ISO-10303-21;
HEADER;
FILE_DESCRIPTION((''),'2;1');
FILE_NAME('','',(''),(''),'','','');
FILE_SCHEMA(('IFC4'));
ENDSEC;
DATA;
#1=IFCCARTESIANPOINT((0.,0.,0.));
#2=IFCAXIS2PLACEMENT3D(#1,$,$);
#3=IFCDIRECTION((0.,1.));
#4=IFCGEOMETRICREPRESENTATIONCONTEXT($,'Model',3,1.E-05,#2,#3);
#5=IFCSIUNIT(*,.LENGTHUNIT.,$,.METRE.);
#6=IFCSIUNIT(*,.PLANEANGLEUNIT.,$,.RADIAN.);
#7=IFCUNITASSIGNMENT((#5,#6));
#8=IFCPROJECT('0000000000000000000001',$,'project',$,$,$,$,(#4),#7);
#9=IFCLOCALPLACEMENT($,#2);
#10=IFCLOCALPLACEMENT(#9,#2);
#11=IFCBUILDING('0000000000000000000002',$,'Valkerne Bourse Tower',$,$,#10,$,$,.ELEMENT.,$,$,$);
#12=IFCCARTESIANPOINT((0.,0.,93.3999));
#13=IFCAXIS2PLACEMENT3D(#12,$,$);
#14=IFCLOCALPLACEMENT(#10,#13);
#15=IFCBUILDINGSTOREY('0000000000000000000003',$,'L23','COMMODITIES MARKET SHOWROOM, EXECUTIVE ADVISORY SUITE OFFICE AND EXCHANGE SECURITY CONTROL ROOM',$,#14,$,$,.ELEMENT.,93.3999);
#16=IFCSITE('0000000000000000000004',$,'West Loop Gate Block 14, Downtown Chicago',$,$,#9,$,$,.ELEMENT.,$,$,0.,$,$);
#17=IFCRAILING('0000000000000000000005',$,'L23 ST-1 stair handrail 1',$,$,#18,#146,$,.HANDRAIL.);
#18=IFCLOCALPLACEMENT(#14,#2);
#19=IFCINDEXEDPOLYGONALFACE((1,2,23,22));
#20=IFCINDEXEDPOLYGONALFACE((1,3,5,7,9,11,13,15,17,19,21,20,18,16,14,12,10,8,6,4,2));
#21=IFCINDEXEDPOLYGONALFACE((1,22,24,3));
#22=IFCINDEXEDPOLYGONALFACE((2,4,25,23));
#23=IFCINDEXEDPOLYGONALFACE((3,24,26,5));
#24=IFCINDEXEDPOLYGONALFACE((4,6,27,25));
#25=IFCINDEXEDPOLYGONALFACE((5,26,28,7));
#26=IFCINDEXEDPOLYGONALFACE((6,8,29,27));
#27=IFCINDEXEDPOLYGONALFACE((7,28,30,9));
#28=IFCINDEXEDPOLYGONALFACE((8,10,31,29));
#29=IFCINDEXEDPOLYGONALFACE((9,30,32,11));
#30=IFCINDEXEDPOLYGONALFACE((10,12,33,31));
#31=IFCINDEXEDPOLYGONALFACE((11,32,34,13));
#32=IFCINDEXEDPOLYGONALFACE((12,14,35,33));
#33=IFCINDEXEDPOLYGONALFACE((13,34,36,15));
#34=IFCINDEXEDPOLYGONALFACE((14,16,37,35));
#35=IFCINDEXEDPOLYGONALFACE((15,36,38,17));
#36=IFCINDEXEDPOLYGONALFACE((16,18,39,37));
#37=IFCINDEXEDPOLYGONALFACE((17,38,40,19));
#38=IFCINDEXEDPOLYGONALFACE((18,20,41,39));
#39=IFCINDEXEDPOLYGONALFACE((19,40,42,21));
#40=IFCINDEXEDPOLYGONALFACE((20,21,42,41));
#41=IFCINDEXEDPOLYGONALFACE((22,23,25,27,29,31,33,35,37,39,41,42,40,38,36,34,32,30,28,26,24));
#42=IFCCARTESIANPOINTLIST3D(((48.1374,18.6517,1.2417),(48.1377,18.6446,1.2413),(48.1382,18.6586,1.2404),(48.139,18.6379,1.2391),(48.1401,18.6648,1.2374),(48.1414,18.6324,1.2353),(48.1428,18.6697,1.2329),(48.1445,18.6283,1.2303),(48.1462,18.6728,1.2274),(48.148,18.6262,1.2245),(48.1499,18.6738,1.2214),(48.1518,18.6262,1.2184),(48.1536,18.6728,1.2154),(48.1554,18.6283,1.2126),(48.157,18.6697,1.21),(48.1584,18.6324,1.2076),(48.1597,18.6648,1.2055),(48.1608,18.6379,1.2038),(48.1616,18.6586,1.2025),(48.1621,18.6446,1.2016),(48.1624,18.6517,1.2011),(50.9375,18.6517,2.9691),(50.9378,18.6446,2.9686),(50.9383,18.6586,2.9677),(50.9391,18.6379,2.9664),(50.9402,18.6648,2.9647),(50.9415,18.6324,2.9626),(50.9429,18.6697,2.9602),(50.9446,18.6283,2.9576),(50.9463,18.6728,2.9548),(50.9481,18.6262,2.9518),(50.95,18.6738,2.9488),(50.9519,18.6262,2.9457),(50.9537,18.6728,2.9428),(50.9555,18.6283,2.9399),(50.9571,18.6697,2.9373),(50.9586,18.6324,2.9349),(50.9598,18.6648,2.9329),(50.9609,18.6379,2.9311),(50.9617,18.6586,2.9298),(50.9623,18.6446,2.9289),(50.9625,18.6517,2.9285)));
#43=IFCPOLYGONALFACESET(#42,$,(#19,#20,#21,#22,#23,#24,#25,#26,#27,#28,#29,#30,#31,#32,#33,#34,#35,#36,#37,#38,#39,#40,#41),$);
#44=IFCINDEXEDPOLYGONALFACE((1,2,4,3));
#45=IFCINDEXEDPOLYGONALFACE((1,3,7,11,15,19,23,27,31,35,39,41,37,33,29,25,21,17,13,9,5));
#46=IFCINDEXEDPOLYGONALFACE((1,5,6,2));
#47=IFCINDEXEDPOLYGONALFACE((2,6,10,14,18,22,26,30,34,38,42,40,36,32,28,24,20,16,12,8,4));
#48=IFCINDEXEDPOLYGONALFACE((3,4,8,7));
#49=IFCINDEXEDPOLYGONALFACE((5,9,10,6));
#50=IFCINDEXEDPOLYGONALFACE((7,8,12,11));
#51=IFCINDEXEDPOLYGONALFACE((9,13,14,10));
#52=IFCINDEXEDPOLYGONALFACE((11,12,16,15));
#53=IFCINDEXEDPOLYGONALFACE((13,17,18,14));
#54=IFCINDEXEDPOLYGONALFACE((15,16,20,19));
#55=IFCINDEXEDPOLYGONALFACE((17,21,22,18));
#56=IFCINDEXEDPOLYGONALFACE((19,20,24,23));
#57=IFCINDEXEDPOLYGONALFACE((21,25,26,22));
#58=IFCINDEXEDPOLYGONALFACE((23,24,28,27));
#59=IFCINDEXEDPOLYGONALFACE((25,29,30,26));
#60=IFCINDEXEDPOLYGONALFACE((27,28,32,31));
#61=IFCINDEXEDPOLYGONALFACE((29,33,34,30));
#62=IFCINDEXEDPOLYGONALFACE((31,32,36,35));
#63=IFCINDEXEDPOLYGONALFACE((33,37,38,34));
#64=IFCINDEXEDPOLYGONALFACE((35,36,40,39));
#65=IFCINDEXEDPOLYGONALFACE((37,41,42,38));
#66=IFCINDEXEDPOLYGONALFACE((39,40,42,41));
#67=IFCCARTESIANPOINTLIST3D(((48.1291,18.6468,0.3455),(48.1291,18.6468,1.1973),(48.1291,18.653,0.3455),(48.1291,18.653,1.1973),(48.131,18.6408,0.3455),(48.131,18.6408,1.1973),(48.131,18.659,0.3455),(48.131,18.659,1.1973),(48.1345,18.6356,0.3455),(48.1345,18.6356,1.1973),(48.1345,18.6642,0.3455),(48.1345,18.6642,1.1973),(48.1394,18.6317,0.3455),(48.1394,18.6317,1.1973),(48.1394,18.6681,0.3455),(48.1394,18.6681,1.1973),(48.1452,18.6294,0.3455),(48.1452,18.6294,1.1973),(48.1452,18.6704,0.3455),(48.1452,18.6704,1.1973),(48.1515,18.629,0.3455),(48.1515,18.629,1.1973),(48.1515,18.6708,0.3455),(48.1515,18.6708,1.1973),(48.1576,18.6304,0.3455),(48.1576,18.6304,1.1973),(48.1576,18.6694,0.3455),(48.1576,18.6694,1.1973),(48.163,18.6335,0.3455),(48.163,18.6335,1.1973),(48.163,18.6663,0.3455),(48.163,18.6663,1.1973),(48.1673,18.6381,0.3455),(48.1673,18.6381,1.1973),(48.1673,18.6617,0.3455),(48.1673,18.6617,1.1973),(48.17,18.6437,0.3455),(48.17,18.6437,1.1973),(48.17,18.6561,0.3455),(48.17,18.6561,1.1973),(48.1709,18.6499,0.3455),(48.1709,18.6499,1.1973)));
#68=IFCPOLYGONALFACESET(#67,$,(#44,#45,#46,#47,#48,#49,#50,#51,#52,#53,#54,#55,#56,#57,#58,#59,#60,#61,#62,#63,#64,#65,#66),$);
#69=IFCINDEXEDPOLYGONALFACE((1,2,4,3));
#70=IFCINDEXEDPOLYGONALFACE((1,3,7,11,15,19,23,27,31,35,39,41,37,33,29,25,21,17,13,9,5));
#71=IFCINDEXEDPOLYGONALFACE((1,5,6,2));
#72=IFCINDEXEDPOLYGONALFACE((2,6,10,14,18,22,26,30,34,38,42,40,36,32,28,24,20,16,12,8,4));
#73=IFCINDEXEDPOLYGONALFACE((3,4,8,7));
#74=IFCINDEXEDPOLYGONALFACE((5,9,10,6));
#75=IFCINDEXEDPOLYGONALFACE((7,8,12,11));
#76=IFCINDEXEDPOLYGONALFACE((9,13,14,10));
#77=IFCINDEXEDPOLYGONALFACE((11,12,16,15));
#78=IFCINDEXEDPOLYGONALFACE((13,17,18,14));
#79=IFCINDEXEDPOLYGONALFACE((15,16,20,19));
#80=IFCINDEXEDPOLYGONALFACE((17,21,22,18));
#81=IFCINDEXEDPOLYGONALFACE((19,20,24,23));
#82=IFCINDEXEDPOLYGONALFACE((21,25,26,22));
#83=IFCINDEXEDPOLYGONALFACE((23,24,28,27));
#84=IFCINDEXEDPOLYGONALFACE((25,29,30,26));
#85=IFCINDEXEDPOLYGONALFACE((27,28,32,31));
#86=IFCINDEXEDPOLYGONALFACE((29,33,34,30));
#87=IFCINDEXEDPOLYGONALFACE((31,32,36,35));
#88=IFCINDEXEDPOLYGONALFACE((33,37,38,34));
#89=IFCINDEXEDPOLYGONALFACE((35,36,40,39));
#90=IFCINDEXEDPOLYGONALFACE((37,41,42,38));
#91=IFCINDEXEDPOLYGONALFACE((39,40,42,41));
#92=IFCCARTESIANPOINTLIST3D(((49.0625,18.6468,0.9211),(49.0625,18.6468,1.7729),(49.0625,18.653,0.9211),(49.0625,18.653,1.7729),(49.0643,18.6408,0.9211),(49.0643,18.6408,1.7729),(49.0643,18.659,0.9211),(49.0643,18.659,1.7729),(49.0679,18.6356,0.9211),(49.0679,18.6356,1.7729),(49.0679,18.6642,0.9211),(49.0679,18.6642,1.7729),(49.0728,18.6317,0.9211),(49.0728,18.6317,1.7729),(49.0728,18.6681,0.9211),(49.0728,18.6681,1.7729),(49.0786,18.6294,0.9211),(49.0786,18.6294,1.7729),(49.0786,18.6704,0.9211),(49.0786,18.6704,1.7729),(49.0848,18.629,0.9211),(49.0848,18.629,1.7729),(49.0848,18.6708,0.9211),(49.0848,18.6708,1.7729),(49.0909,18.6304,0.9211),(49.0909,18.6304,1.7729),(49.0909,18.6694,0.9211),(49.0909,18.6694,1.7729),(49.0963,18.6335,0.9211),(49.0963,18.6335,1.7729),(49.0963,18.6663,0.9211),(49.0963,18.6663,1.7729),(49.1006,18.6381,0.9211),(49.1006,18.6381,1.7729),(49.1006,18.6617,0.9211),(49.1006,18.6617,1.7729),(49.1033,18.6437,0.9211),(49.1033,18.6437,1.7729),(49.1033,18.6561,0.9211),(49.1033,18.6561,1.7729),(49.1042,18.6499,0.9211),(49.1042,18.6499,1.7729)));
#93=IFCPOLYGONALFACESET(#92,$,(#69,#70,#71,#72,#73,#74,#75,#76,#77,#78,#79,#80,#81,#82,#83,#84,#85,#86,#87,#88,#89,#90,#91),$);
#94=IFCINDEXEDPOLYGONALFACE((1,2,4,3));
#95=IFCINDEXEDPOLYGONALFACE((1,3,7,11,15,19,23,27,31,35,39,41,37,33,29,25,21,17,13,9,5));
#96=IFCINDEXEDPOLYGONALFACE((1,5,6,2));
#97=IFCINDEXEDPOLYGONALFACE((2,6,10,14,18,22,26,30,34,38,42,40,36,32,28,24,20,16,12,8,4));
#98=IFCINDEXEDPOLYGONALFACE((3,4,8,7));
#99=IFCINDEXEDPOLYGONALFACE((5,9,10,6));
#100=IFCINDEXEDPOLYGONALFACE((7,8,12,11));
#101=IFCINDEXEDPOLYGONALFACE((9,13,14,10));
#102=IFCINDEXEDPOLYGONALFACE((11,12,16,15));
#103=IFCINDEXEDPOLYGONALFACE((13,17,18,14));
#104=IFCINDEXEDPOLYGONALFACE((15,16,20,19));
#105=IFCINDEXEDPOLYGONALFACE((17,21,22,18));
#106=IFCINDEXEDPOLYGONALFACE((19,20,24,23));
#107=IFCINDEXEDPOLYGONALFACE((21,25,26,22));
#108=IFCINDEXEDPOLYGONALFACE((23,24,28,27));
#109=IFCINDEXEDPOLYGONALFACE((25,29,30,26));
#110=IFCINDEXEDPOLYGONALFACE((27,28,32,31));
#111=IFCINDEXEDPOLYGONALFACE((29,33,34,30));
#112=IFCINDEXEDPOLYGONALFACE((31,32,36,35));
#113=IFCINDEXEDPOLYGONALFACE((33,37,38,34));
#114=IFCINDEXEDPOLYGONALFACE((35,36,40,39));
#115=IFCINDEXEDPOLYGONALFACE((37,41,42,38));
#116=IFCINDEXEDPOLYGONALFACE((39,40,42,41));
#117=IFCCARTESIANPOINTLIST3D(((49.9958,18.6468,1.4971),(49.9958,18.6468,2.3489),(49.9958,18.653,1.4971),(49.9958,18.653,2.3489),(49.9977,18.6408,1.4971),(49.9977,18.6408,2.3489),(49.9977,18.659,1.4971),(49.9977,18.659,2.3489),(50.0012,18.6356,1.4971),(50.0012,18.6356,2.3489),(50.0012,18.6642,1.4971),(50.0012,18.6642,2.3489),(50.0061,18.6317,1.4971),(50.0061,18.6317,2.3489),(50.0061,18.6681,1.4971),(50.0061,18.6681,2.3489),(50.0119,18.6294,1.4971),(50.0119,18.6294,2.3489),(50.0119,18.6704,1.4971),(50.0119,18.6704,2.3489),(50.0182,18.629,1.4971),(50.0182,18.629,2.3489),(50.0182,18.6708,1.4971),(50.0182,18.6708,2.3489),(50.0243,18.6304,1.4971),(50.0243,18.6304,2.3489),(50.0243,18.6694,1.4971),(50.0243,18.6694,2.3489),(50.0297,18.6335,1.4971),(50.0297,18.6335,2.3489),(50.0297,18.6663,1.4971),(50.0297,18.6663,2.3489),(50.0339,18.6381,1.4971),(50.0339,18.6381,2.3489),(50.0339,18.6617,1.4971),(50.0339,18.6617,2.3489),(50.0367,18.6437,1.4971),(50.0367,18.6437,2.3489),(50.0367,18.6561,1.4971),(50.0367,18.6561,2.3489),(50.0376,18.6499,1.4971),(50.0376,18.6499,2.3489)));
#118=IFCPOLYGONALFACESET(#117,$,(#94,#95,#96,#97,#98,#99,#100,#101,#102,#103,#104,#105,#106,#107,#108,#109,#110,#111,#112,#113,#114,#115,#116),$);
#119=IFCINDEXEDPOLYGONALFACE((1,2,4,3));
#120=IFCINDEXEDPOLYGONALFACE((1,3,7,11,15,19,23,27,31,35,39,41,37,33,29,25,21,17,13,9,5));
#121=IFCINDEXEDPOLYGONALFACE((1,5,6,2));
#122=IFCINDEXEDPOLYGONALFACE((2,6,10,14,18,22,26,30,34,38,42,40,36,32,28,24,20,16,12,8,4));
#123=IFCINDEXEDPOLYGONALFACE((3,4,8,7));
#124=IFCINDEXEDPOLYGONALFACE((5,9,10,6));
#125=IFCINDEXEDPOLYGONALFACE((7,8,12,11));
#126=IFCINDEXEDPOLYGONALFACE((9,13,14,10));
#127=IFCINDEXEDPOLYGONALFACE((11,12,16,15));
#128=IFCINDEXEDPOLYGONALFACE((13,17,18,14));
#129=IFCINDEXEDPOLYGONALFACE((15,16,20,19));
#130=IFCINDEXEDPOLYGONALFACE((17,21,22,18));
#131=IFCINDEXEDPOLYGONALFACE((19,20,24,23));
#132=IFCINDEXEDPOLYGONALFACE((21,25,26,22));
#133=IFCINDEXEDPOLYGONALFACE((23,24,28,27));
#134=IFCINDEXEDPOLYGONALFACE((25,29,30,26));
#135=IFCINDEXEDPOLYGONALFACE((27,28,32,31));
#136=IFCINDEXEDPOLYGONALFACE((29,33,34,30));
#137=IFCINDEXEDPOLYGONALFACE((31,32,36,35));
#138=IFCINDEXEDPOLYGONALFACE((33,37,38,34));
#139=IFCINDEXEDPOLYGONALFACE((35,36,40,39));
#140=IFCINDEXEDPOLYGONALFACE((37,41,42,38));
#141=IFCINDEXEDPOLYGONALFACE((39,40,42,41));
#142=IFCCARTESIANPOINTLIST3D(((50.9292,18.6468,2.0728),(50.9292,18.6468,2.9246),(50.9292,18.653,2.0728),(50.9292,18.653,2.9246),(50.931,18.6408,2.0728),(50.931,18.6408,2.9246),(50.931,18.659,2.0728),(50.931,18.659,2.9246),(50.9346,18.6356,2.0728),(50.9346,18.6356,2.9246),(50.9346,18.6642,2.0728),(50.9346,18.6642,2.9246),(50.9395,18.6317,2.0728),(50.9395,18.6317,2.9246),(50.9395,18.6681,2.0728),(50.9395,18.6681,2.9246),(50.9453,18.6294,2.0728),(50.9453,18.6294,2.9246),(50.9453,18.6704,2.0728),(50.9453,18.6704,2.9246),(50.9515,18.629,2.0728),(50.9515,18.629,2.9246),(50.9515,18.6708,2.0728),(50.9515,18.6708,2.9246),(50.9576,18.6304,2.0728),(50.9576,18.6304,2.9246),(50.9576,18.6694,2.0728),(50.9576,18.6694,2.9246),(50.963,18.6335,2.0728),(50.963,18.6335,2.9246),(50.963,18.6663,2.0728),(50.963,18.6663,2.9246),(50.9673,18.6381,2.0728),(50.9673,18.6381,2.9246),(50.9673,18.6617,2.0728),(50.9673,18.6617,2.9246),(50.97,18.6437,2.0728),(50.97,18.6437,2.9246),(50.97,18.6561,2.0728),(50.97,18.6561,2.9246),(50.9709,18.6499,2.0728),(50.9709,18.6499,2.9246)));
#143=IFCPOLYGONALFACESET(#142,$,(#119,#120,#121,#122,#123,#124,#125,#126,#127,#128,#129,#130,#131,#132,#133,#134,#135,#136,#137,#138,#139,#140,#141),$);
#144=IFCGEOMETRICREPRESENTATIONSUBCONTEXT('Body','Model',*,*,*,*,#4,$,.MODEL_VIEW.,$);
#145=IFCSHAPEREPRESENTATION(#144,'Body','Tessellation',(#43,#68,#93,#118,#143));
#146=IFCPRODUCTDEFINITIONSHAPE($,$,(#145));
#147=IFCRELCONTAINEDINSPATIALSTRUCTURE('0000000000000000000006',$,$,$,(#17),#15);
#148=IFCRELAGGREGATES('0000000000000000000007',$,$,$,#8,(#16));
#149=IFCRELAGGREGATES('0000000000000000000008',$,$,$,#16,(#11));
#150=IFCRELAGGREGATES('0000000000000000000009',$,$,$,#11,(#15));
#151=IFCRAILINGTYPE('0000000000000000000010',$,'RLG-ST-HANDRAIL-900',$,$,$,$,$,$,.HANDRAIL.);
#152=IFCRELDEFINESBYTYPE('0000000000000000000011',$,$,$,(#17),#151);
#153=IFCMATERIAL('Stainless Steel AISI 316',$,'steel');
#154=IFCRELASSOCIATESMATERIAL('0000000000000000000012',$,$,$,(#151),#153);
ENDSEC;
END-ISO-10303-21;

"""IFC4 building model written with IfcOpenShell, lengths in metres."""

from ifc_helpers import new_model, si_unit, direction, frame, origin, origin_2d, place, context, subcontext, project, spatial, circle, extrude, material, type_object, element, save


model = new_model("IFC4")

# Units and contexts
model_context = context("Model", 3, precision=1e-05, world=origin(), true_north=direction((0.0, 1.0)))
body_context = subcontext(model_context, "Body", "Model", "MODEL_VIEW")
ifc_project = project(units=[si_unit("LENGTHUNIT", "METRE"), si_unit("PLANEANGLEUNIT", "RADIAN")], contexts=[model_context])

# Site, building, storey
site_placement = place(None, origin())
site = spatial("IfcSite", under=ifc_project, at=site_placement, Name="West Loop Gate Block 14, Downtown Chicago", CompositionType="ELEMENT", RefElevation=0.0)
building_placement = place(site_placement, origin())
building = spatial("IfcBuilding", under=site, at=building_placement, Name="Valkerne Bourse Tower", CompositionType="ELEMENT")
storey_placement = place(building_placement, frame((0.0, 0.0, 93.3999)))
storey = spatial("IfcBuildingStorey", under=building, at=storey_placement, Name="L23", Description="COMMODITIES MARKET SHOWROOM, EXECUTIVE ADVISORY SUITE OFFICE AND EXCHANGE SECURITY CONTROL ROOM", CompositionType="ELEMENT", Elevation=93.3999)

# Shared definitions
ifc_material_1 = material(Name="Stainless Steel AISI 316", Category="steel")

# Railing
railing_type_1 = type_object("IfcRailingType", Name="RLG-ST-HANDRAIL-900", PredefinedType="HANDRAIL", material=ifc_material_1)
railing_1_placement = place(storey_placement, frame((48.1499, 18.6499, 0.3455)))
element("IfcRailing", 1, at=railing_1_placement, inside=storey, type_object=railing_type_1, Name="L23 ST-1 stair handrail 1", PredefinedType="HANDRAIL", context=body_context, shape_type="SweptSolid", body=[
    extrude(circle(Radius=0.0239, at=origin_2d()), frame((0.0, 0.0, 0.876), z_axis=(0.85109, 0.0, 0.52502), x_axis=(0.0, 1.0, 0.0)), (0.0, 0.0, 1.0), 3.29),
    extrude(circle(Radius=0.021, at=origin_2d()), origin(), (0.0, 0.0, 1.0), 0.8518),
    extrude(circle(Radius=0.021, at=origin_2d()), frame((0.9333, 0.0, 0.5757)), (0.0, 0.0, 1.0), 0.8518),
    extrude(circle(Radius=0.021, at=origin_2d()), frame((1.8667, 0.0, 1.1516)), (0.0, 0.0, 1.0), 0.8518),
    extrude(circle(Radius=0.021, at=origin_2d()), frame((2.8, 0.0, 1.7273)), (0.0, 0.0, 1.0), 0.8518),
])

save(model, "model.ifc")
